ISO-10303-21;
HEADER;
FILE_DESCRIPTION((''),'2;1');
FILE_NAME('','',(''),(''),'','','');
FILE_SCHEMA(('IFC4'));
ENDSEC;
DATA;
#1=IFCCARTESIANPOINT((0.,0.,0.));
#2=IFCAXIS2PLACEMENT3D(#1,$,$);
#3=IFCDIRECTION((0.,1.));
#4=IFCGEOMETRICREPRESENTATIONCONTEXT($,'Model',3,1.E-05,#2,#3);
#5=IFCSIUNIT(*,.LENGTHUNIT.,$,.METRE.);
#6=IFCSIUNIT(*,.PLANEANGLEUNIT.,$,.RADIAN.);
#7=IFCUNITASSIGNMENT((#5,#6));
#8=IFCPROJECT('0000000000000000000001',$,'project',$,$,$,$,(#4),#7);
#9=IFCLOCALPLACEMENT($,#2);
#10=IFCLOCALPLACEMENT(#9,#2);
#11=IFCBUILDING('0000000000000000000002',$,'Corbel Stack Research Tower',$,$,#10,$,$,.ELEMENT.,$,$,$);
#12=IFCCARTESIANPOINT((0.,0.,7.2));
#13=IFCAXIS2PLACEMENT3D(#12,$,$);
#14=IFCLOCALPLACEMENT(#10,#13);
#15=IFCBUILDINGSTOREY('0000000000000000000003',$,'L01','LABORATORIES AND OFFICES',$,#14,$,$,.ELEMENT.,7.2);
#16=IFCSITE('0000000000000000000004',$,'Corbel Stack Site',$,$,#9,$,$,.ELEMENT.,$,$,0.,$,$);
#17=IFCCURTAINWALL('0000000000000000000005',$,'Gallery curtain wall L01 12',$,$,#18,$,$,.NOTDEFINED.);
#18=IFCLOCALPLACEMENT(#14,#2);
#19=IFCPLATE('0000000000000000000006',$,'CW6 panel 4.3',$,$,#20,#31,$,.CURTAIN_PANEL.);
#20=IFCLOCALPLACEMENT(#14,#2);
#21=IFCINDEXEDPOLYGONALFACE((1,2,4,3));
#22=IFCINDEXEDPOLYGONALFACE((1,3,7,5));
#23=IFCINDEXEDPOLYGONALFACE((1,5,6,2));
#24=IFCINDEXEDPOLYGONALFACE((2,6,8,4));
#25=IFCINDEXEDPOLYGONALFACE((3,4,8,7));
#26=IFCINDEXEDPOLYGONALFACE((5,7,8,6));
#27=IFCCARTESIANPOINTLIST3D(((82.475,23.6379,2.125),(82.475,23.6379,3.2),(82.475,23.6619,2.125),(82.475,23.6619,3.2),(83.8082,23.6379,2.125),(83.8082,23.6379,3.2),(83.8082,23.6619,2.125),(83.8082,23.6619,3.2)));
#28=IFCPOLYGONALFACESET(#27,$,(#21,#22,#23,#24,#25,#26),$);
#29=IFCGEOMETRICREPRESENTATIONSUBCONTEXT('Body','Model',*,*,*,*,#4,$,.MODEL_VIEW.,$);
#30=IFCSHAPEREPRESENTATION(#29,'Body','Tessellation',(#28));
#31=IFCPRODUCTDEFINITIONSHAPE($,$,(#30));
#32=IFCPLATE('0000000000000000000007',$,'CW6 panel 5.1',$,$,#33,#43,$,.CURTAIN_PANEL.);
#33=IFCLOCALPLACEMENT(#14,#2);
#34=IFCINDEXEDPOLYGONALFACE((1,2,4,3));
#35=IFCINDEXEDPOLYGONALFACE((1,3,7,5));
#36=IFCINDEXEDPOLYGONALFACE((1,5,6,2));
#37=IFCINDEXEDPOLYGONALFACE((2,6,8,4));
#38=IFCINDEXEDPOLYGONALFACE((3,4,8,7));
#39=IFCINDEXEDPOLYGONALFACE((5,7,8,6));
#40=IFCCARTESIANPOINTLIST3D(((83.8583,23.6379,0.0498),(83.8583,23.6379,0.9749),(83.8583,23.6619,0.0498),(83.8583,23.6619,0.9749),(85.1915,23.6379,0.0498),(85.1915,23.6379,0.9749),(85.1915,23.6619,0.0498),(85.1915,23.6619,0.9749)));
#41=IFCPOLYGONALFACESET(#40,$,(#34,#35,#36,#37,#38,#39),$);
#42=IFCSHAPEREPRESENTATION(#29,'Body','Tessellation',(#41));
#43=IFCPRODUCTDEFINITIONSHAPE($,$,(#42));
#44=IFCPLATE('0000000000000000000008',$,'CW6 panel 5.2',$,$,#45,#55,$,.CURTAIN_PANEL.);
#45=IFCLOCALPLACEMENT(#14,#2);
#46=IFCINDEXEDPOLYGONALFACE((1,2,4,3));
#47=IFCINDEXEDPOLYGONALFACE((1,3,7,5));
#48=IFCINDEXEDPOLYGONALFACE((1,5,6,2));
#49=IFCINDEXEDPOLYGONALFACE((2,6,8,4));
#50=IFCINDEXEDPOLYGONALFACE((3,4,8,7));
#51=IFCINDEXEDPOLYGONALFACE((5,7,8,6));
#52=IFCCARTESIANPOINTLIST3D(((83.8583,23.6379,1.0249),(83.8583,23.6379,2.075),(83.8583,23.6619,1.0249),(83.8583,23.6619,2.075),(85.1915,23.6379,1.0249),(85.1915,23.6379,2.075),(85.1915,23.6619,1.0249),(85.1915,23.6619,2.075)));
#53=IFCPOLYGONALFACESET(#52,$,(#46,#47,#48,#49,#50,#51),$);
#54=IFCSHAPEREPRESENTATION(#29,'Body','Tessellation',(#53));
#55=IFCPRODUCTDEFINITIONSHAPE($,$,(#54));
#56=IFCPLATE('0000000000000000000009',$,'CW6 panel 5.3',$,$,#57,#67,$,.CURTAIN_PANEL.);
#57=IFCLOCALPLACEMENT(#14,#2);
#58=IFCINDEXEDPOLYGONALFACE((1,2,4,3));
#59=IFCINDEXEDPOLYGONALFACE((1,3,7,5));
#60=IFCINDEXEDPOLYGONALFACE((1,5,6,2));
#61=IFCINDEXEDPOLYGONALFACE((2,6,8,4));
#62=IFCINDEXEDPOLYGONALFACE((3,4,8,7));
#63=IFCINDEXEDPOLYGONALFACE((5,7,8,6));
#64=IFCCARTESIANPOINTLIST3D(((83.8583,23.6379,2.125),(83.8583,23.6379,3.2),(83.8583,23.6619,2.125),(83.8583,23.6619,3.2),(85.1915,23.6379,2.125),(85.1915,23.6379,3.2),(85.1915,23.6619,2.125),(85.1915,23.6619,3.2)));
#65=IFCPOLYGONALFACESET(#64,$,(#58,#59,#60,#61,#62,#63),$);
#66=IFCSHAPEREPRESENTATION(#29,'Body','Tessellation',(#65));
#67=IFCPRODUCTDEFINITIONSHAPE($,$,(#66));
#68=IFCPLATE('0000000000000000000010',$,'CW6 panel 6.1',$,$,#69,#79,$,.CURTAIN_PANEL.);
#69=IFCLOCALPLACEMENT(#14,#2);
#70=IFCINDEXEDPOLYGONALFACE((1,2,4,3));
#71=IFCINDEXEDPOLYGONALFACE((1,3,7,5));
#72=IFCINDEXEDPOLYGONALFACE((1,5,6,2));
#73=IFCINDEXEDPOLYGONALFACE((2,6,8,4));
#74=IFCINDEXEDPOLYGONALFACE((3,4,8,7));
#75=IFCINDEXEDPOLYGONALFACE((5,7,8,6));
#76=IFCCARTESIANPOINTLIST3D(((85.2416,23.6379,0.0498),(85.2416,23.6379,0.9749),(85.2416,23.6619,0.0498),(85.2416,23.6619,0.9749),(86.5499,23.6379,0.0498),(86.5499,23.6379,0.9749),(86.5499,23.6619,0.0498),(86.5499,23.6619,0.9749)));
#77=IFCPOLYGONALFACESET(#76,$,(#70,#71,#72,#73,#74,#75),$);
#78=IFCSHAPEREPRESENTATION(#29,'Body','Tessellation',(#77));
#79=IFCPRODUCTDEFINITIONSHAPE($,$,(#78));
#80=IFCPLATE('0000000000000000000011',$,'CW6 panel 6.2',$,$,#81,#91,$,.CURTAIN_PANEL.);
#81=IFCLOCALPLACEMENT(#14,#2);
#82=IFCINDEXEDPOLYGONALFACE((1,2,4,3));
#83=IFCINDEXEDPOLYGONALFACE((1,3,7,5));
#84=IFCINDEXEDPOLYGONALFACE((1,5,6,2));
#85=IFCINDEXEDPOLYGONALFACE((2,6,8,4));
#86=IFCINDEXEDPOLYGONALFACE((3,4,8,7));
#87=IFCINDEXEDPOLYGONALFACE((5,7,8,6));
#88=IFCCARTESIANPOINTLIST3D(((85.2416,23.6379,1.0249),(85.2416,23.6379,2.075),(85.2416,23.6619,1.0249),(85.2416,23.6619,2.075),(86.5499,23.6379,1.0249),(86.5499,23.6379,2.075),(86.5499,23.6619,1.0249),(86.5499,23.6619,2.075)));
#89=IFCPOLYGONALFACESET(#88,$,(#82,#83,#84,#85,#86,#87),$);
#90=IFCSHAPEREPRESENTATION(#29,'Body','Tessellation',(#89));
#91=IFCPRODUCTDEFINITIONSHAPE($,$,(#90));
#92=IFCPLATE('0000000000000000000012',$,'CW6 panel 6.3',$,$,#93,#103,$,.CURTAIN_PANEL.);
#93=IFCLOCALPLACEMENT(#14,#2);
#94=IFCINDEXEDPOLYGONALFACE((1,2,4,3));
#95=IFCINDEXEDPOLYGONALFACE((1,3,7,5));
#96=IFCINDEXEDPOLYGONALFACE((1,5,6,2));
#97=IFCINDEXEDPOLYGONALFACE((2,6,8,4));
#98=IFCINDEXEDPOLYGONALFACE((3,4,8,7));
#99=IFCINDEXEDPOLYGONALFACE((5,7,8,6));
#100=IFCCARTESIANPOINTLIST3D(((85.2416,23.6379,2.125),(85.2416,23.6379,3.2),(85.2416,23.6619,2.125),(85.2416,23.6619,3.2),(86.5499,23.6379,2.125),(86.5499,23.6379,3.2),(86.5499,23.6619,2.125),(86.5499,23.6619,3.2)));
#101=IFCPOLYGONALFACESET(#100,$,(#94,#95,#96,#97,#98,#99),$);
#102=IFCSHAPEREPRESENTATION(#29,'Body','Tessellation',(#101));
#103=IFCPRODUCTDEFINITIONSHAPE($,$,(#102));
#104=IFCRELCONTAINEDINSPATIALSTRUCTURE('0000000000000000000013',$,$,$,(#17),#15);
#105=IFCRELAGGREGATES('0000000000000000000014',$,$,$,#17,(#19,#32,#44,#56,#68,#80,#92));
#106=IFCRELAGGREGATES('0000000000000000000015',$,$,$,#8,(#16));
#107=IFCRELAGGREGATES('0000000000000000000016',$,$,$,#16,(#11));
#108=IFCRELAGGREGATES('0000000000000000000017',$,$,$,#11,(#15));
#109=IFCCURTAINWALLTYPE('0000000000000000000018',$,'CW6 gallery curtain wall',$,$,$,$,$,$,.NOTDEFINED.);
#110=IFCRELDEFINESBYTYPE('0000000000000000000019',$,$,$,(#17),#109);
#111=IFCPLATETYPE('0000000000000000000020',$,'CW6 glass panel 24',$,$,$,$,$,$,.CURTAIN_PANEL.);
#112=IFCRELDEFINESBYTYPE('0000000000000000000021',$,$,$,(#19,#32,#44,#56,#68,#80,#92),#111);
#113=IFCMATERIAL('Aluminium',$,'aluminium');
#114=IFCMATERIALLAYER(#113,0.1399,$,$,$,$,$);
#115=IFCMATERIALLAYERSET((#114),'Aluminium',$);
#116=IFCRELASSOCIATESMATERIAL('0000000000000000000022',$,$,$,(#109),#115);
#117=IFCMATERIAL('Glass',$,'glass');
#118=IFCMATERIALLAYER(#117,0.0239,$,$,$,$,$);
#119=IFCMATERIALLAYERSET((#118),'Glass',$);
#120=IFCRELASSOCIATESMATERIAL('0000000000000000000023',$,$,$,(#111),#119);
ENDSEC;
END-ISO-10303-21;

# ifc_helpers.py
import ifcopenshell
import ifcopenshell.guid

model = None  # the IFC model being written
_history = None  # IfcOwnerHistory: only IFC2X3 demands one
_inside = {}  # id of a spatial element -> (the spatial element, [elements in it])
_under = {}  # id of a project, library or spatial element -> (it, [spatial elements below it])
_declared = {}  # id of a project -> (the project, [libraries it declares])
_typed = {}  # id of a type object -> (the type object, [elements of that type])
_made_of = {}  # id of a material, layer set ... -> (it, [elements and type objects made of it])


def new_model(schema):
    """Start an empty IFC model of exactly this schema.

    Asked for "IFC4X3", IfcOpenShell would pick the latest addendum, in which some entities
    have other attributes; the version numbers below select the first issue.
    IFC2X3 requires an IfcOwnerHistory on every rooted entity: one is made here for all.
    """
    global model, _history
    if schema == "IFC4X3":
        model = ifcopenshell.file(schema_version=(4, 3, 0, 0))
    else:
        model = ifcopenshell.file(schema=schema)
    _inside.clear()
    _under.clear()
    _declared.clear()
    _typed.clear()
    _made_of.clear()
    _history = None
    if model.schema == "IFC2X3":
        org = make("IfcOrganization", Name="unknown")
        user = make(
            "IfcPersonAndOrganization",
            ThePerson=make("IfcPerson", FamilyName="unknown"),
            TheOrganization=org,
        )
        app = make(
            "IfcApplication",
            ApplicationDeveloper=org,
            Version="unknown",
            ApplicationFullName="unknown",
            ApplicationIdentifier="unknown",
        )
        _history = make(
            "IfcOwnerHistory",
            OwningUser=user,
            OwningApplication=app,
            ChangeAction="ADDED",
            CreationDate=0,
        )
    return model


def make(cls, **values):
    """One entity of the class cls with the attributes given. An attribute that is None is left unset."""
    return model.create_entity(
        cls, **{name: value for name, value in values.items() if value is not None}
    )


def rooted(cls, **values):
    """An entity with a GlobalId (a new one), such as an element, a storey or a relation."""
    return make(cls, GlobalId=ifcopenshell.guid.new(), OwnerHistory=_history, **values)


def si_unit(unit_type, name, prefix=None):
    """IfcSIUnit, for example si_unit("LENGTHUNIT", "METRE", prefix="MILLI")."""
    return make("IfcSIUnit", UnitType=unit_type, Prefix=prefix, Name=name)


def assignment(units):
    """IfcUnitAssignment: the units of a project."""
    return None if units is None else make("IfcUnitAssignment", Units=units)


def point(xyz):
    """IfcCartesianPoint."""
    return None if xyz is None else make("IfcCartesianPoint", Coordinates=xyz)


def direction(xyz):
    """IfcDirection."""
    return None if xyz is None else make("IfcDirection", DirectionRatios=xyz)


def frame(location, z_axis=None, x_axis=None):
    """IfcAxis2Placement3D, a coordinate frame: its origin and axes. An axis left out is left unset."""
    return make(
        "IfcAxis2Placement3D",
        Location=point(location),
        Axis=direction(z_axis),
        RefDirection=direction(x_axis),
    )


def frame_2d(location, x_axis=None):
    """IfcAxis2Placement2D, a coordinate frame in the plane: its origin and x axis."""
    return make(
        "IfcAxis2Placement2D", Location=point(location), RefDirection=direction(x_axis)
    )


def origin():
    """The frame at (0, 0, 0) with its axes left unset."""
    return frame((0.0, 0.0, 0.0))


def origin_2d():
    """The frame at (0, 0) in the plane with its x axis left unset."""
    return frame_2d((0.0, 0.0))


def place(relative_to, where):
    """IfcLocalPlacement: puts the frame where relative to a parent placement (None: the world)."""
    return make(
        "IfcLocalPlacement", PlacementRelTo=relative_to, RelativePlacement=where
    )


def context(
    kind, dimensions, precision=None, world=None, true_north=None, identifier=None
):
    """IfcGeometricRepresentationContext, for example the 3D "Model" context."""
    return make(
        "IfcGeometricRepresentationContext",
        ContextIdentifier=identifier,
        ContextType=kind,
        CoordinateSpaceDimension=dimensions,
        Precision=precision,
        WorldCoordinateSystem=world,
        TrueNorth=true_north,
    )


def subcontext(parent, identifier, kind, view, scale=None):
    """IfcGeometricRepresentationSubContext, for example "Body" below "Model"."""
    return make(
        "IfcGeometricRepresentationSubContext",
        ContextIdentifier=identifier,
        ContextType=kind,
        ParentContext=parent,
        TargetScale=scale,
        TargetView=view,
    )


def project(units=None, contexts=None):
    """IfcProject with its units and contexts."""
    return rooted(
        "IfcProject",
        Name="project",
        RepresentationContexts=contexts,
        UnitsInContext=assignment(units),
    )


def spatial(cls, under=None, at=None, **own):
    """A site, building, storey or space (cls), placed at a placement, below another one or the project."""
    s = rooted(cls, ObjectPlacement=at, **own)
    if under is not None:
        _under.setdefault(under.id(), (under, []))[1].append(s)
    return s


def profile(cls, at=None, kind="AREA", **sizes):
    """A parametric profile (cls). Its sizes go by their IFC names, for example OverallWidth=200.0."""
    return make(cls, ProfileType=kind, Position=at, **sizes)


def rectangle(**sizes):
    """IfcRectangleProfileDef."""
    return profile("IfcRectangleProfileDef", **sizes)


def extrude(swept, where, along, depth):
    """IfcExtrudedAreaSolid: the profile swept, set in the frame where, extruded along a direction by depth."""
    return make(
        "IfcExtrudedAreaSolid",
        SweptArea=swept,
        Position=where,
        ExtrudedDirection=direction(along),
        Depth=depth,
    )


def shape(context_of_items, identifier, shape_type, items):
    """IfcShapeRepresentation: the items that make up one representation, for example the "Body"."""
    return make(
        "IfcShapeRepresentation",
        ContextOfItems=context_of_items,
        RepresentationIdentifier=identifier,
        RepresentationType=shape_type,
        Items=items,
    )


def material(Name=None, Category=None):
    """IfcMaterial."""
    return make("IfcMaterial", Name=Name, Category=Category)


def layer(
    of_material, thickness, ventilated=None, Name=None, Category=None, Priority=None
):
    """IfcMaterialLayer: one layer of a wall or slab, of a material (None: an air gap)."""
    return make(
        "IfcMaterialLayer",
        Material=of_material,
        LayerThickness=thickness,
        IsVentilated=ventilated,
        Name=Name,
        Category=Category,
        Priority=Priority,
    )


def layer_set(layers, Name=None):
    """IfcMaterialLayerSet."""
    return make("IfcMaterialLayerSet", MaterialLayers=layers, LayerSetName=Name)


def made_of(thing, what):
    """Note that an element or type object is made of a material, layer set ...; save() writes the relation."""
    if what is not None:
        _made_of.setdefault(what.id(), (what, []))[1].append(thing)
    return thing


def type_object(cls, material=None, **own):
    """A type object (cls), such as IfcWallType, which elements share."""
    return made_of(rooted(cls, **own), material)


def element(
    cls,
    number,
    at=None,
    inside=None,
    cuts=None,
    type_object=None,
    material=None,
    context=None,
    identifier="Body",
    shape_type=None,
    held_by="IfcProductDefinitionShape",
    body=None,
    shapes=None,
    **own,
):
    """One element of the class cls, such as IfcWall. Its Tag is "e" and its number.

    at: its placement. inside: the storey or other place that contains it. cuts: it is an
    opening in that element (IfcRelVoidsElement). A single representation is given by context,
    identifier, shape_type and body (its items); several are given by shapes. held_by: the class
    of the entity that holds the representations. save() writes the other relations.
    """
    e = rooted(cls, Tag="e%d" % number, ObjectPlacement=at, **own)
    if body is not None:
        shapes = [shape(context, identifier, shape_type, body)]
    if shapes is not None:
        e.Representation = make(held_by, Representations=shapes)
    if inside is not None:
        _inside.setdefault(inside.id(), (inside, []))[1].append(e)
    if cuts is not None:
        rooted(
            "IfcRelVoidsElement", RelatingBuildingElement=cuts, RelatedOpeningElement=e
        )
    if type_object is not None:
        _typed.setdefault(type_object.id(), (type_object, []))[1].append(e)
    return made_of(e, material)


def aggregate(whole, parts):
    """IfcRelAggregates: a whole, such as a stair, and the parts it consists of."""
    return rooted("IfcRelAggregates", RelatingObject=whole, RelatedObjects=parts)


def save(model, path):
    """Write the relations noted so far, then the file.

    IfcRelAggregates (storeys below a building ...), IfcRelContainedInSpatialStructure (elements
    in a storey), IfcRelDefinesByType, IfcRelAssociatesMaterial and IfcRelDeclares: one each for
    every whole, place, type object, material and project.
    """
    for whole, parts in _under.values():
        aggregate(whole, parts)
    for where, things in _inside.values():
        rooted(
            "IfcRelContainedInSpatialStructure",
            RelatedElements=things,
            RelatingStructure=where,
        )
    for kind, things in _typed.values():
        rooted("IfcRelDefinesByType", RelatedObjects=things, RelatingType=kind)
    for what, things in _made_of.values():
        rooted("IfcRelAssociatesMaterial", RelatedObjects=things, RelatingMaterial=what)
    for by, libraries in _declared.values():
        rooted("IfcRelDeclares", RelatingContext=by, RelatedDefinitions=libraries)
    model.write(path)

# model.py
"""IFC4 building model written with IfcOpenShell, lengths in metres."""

from ifc_helpers import new_model, si_unit, direction, frame, origin, origin_2d, place, context, subcontext, project, spatial, rectangle, extrude, material, layer, layer_set, type_object, element, aggregate, save


model = new_model("IFC4")

# Units and contexts
model_context = context("Model", 3, precision=1e-05, world=origin(), true_north=direction((0.0, 1.0)))
body_context = subcontext(model_context, "Body", "Model", "MODEL_VIEW")
ifc_project = project(units=[si_unit("LENGTHUNIT", "METRE"), si_unit("PLANEANGLEUNIT", "RADIAN")], contexts=[model_context])

# Site, building, storey
site_placement = place(None, origin())
site = spatial("IfcSite", under=ifc_project, at=site_placement, Name="Corbel Stack Site", CompositionType="ELEMENT", RefElevation=0.0)
building_placement = place(site_placement, origin())
building = spatial("IfcBuilding", under=site, at=building_placement, Name="Corbel Stack Research Tower", CompositionType="ELEMENT")
storey_placement = place(building_placement, frame((0.0, 0.0, 7.2)))
storey = spatial("IfcBuildingStorey", under=building, at=storey_placement, Name="L01", Description="LABORATORIES AND OFFICES", CompositionType="ELEMENT", Elevation=7.2)

# Curtain wall, plates
ifc_material_1 = material(Name="Aluminium", Category="aluminium")
ifc_layer_1 = layer(ifc_material_1, 0.1399)
ifc_layer_set_1 = layer_set([ifc_layer_1], Name="Aluminium")
curtain_wall_type = type_object("IfcCurtainWallType", Name="CW6 gallery curtain wall", PredefinedType="NOTDEFINED", material=ifc_layer_set_1)
curtain_wall_placement = place(storey_placement, origin())
curtain_wall = element("IfcCurtainWall", 1, at=curtain_wall_placement, inside=storey, type_object=curtain_wall_type, Name="Gallery curtain wall L01 12", PredefinedType="NOTDEFINED")
ifc_material_2 = material(Name="Glass", Category="glass")
ifc_layer_2 = layer(ifc_material_2, 0.0239)
ifc_layer_set_2 = layer_set([ifc_layer_2], Name="Glass")
plate_type = type_object("IfcPlateType", Name="CW6 glass panel 24", PredefinedType="CURTAIN_PANEL", material=ifc_layer_set_2)
plate_1_placement = place(storey_placement, frame((83.1416, 23.6499, 2.125), z_axis=(0.0, 0.0, 1.0), x_axis=(1.0, 0.0, 0.0)))
plate_1 = element("IfcPlate", 2, at=plate_1_placement, type_object=plate_type, Name="CW6 panel 4.3", PredefinedType="CURTAIN_PANEL", context=body_context, shape_type="SweptSolid", body=[
    extrude(rectangle(XDim=1.3333, YDim=0.0239, at=origin_2d()), origin(), (0.0, 0.0, 1.0), 1.075),
])
plate_2_placement = place(storey_placement, frame((84.5249, 23.6499, 0.0498), z_axis=(0.0, 0.0, 1.0), x_axis=(1.0, 0.0, 0.0)))
plate_2 = element("IfcPlate", 3, at=plate_2_placement, type_object=plate_type, Name="CW6 panel 5.1", PredefinedType="CURTAIN_PANEL", context=body_context, shape_type="SweptSolid", body=[
    extrude(rectangle(XDim=1.3333, YDim=0.0239, at=origin_2d()), origin(), (0.0, 0.0, 1.0), 0.925),
])
plate_3_placement = place(storey_placement, frame((84.5249, 23.6499, 1.0249), z_axis=(0.0, 0.0, 1.0), x_axis=(1.0, 0.0, 0.0)))
plate_3 = element("IfcPlate", 4, at=plate_3_placement, type_object=plate_type, Name="CW6 panel 5.2", PredefinedType="CURTAIN_PANEL", context=body_context, shape_type="SweptSolid", body=[
    extrude(rectangle(XDim=1.3333, YDim=0.0239, at=origin_2d()), origin(), (0.0, 0.0, 1.0), 1.05),
])
plate_4_placement = place(storey_placement, frame((84.5249, 23.6499, 2.125), z_axis=(0.0, 0.0, 1.0), x_axis=(1.0, 0.0, 0.0)))
plate_4 = element("IfcPlate", 5, at=plate_4_placement, type_object=plate_type, Name="CW6 panel 5.3", PredefinedType="CURTAIN_PANEL", context=body_context, shape_type="SweptSolid", body=[
    extrude(rectangle(XDim=1.3333, YDim=0.0239, at=origin_2d()), origin(), (0.0, 0.0, 1.0), 1.075),
])
plate_5_placement = place(storey_placement, frame((85.8958, 23.6499, 0.0498), z_axis=(0.0, 0.0, 1.0), x_axis=(1.0, 0.0, 0.0)))
plate_5 = element("IfcPlate", 6, at=plate_5_placement, type_object=plate_type, Name="CW6 panel 6.1", PredefinedType="CURTAIN_PANEL", context=body_context, shape_type="SweptSolid", body=[
    extrude(rectangle(XDim=1.3083, YDim=0.0239, at=origin_2d()), origin(), (0.0, 0.0, 1.0), 0.925),
])
plate_6_placement = place(storey_placement, frame((85.8958, 23.6499, 1.0249), z_axis=(0.0, 0.0, 1.0), x_axis=(1.0, 0.0, 0.0)))
plate_6 = element("IfcPlate", 7, at=plate_6_placement, type_object=plate_type, Name="CW6 panel 6.2", PredefinedType="CURTAIN_PANEL", context=body_context, shape_type="SweptSolid", body=[
    extrude(rectangle(XDim=1.3083, YDim=0.0239, at=origin_2d()), origin(), (0.0, 0.0, 1.0), 1.05),
])
plate_7_placement = place(storey_placement, frame((85.8958, 23.6499, 2.125), z_axis=(0.0, 0.0, 1.0), x_axis=(1.0, 0.0, 0.0)))
plate_7 = element("IfcPlate", 8, at=plate_7_placement, type_object=plate_type, Name="CW6 panel 6.3", PredefinedType="CURTAIN_PANEL", context=body_context, shape_type="SweptSolid", body=[
    extrude(rectangle(XDim=1.3083, YDim=0.0239, at=origin_2d()), origin(), (0.0, 0.0, 1.0), 1.075),
])
aggregate(curtain_wall, [plate_1, plate_2, plate_3, plate_4, plate_5, plate_6, plate_7])

save(model, "model.ifc")
